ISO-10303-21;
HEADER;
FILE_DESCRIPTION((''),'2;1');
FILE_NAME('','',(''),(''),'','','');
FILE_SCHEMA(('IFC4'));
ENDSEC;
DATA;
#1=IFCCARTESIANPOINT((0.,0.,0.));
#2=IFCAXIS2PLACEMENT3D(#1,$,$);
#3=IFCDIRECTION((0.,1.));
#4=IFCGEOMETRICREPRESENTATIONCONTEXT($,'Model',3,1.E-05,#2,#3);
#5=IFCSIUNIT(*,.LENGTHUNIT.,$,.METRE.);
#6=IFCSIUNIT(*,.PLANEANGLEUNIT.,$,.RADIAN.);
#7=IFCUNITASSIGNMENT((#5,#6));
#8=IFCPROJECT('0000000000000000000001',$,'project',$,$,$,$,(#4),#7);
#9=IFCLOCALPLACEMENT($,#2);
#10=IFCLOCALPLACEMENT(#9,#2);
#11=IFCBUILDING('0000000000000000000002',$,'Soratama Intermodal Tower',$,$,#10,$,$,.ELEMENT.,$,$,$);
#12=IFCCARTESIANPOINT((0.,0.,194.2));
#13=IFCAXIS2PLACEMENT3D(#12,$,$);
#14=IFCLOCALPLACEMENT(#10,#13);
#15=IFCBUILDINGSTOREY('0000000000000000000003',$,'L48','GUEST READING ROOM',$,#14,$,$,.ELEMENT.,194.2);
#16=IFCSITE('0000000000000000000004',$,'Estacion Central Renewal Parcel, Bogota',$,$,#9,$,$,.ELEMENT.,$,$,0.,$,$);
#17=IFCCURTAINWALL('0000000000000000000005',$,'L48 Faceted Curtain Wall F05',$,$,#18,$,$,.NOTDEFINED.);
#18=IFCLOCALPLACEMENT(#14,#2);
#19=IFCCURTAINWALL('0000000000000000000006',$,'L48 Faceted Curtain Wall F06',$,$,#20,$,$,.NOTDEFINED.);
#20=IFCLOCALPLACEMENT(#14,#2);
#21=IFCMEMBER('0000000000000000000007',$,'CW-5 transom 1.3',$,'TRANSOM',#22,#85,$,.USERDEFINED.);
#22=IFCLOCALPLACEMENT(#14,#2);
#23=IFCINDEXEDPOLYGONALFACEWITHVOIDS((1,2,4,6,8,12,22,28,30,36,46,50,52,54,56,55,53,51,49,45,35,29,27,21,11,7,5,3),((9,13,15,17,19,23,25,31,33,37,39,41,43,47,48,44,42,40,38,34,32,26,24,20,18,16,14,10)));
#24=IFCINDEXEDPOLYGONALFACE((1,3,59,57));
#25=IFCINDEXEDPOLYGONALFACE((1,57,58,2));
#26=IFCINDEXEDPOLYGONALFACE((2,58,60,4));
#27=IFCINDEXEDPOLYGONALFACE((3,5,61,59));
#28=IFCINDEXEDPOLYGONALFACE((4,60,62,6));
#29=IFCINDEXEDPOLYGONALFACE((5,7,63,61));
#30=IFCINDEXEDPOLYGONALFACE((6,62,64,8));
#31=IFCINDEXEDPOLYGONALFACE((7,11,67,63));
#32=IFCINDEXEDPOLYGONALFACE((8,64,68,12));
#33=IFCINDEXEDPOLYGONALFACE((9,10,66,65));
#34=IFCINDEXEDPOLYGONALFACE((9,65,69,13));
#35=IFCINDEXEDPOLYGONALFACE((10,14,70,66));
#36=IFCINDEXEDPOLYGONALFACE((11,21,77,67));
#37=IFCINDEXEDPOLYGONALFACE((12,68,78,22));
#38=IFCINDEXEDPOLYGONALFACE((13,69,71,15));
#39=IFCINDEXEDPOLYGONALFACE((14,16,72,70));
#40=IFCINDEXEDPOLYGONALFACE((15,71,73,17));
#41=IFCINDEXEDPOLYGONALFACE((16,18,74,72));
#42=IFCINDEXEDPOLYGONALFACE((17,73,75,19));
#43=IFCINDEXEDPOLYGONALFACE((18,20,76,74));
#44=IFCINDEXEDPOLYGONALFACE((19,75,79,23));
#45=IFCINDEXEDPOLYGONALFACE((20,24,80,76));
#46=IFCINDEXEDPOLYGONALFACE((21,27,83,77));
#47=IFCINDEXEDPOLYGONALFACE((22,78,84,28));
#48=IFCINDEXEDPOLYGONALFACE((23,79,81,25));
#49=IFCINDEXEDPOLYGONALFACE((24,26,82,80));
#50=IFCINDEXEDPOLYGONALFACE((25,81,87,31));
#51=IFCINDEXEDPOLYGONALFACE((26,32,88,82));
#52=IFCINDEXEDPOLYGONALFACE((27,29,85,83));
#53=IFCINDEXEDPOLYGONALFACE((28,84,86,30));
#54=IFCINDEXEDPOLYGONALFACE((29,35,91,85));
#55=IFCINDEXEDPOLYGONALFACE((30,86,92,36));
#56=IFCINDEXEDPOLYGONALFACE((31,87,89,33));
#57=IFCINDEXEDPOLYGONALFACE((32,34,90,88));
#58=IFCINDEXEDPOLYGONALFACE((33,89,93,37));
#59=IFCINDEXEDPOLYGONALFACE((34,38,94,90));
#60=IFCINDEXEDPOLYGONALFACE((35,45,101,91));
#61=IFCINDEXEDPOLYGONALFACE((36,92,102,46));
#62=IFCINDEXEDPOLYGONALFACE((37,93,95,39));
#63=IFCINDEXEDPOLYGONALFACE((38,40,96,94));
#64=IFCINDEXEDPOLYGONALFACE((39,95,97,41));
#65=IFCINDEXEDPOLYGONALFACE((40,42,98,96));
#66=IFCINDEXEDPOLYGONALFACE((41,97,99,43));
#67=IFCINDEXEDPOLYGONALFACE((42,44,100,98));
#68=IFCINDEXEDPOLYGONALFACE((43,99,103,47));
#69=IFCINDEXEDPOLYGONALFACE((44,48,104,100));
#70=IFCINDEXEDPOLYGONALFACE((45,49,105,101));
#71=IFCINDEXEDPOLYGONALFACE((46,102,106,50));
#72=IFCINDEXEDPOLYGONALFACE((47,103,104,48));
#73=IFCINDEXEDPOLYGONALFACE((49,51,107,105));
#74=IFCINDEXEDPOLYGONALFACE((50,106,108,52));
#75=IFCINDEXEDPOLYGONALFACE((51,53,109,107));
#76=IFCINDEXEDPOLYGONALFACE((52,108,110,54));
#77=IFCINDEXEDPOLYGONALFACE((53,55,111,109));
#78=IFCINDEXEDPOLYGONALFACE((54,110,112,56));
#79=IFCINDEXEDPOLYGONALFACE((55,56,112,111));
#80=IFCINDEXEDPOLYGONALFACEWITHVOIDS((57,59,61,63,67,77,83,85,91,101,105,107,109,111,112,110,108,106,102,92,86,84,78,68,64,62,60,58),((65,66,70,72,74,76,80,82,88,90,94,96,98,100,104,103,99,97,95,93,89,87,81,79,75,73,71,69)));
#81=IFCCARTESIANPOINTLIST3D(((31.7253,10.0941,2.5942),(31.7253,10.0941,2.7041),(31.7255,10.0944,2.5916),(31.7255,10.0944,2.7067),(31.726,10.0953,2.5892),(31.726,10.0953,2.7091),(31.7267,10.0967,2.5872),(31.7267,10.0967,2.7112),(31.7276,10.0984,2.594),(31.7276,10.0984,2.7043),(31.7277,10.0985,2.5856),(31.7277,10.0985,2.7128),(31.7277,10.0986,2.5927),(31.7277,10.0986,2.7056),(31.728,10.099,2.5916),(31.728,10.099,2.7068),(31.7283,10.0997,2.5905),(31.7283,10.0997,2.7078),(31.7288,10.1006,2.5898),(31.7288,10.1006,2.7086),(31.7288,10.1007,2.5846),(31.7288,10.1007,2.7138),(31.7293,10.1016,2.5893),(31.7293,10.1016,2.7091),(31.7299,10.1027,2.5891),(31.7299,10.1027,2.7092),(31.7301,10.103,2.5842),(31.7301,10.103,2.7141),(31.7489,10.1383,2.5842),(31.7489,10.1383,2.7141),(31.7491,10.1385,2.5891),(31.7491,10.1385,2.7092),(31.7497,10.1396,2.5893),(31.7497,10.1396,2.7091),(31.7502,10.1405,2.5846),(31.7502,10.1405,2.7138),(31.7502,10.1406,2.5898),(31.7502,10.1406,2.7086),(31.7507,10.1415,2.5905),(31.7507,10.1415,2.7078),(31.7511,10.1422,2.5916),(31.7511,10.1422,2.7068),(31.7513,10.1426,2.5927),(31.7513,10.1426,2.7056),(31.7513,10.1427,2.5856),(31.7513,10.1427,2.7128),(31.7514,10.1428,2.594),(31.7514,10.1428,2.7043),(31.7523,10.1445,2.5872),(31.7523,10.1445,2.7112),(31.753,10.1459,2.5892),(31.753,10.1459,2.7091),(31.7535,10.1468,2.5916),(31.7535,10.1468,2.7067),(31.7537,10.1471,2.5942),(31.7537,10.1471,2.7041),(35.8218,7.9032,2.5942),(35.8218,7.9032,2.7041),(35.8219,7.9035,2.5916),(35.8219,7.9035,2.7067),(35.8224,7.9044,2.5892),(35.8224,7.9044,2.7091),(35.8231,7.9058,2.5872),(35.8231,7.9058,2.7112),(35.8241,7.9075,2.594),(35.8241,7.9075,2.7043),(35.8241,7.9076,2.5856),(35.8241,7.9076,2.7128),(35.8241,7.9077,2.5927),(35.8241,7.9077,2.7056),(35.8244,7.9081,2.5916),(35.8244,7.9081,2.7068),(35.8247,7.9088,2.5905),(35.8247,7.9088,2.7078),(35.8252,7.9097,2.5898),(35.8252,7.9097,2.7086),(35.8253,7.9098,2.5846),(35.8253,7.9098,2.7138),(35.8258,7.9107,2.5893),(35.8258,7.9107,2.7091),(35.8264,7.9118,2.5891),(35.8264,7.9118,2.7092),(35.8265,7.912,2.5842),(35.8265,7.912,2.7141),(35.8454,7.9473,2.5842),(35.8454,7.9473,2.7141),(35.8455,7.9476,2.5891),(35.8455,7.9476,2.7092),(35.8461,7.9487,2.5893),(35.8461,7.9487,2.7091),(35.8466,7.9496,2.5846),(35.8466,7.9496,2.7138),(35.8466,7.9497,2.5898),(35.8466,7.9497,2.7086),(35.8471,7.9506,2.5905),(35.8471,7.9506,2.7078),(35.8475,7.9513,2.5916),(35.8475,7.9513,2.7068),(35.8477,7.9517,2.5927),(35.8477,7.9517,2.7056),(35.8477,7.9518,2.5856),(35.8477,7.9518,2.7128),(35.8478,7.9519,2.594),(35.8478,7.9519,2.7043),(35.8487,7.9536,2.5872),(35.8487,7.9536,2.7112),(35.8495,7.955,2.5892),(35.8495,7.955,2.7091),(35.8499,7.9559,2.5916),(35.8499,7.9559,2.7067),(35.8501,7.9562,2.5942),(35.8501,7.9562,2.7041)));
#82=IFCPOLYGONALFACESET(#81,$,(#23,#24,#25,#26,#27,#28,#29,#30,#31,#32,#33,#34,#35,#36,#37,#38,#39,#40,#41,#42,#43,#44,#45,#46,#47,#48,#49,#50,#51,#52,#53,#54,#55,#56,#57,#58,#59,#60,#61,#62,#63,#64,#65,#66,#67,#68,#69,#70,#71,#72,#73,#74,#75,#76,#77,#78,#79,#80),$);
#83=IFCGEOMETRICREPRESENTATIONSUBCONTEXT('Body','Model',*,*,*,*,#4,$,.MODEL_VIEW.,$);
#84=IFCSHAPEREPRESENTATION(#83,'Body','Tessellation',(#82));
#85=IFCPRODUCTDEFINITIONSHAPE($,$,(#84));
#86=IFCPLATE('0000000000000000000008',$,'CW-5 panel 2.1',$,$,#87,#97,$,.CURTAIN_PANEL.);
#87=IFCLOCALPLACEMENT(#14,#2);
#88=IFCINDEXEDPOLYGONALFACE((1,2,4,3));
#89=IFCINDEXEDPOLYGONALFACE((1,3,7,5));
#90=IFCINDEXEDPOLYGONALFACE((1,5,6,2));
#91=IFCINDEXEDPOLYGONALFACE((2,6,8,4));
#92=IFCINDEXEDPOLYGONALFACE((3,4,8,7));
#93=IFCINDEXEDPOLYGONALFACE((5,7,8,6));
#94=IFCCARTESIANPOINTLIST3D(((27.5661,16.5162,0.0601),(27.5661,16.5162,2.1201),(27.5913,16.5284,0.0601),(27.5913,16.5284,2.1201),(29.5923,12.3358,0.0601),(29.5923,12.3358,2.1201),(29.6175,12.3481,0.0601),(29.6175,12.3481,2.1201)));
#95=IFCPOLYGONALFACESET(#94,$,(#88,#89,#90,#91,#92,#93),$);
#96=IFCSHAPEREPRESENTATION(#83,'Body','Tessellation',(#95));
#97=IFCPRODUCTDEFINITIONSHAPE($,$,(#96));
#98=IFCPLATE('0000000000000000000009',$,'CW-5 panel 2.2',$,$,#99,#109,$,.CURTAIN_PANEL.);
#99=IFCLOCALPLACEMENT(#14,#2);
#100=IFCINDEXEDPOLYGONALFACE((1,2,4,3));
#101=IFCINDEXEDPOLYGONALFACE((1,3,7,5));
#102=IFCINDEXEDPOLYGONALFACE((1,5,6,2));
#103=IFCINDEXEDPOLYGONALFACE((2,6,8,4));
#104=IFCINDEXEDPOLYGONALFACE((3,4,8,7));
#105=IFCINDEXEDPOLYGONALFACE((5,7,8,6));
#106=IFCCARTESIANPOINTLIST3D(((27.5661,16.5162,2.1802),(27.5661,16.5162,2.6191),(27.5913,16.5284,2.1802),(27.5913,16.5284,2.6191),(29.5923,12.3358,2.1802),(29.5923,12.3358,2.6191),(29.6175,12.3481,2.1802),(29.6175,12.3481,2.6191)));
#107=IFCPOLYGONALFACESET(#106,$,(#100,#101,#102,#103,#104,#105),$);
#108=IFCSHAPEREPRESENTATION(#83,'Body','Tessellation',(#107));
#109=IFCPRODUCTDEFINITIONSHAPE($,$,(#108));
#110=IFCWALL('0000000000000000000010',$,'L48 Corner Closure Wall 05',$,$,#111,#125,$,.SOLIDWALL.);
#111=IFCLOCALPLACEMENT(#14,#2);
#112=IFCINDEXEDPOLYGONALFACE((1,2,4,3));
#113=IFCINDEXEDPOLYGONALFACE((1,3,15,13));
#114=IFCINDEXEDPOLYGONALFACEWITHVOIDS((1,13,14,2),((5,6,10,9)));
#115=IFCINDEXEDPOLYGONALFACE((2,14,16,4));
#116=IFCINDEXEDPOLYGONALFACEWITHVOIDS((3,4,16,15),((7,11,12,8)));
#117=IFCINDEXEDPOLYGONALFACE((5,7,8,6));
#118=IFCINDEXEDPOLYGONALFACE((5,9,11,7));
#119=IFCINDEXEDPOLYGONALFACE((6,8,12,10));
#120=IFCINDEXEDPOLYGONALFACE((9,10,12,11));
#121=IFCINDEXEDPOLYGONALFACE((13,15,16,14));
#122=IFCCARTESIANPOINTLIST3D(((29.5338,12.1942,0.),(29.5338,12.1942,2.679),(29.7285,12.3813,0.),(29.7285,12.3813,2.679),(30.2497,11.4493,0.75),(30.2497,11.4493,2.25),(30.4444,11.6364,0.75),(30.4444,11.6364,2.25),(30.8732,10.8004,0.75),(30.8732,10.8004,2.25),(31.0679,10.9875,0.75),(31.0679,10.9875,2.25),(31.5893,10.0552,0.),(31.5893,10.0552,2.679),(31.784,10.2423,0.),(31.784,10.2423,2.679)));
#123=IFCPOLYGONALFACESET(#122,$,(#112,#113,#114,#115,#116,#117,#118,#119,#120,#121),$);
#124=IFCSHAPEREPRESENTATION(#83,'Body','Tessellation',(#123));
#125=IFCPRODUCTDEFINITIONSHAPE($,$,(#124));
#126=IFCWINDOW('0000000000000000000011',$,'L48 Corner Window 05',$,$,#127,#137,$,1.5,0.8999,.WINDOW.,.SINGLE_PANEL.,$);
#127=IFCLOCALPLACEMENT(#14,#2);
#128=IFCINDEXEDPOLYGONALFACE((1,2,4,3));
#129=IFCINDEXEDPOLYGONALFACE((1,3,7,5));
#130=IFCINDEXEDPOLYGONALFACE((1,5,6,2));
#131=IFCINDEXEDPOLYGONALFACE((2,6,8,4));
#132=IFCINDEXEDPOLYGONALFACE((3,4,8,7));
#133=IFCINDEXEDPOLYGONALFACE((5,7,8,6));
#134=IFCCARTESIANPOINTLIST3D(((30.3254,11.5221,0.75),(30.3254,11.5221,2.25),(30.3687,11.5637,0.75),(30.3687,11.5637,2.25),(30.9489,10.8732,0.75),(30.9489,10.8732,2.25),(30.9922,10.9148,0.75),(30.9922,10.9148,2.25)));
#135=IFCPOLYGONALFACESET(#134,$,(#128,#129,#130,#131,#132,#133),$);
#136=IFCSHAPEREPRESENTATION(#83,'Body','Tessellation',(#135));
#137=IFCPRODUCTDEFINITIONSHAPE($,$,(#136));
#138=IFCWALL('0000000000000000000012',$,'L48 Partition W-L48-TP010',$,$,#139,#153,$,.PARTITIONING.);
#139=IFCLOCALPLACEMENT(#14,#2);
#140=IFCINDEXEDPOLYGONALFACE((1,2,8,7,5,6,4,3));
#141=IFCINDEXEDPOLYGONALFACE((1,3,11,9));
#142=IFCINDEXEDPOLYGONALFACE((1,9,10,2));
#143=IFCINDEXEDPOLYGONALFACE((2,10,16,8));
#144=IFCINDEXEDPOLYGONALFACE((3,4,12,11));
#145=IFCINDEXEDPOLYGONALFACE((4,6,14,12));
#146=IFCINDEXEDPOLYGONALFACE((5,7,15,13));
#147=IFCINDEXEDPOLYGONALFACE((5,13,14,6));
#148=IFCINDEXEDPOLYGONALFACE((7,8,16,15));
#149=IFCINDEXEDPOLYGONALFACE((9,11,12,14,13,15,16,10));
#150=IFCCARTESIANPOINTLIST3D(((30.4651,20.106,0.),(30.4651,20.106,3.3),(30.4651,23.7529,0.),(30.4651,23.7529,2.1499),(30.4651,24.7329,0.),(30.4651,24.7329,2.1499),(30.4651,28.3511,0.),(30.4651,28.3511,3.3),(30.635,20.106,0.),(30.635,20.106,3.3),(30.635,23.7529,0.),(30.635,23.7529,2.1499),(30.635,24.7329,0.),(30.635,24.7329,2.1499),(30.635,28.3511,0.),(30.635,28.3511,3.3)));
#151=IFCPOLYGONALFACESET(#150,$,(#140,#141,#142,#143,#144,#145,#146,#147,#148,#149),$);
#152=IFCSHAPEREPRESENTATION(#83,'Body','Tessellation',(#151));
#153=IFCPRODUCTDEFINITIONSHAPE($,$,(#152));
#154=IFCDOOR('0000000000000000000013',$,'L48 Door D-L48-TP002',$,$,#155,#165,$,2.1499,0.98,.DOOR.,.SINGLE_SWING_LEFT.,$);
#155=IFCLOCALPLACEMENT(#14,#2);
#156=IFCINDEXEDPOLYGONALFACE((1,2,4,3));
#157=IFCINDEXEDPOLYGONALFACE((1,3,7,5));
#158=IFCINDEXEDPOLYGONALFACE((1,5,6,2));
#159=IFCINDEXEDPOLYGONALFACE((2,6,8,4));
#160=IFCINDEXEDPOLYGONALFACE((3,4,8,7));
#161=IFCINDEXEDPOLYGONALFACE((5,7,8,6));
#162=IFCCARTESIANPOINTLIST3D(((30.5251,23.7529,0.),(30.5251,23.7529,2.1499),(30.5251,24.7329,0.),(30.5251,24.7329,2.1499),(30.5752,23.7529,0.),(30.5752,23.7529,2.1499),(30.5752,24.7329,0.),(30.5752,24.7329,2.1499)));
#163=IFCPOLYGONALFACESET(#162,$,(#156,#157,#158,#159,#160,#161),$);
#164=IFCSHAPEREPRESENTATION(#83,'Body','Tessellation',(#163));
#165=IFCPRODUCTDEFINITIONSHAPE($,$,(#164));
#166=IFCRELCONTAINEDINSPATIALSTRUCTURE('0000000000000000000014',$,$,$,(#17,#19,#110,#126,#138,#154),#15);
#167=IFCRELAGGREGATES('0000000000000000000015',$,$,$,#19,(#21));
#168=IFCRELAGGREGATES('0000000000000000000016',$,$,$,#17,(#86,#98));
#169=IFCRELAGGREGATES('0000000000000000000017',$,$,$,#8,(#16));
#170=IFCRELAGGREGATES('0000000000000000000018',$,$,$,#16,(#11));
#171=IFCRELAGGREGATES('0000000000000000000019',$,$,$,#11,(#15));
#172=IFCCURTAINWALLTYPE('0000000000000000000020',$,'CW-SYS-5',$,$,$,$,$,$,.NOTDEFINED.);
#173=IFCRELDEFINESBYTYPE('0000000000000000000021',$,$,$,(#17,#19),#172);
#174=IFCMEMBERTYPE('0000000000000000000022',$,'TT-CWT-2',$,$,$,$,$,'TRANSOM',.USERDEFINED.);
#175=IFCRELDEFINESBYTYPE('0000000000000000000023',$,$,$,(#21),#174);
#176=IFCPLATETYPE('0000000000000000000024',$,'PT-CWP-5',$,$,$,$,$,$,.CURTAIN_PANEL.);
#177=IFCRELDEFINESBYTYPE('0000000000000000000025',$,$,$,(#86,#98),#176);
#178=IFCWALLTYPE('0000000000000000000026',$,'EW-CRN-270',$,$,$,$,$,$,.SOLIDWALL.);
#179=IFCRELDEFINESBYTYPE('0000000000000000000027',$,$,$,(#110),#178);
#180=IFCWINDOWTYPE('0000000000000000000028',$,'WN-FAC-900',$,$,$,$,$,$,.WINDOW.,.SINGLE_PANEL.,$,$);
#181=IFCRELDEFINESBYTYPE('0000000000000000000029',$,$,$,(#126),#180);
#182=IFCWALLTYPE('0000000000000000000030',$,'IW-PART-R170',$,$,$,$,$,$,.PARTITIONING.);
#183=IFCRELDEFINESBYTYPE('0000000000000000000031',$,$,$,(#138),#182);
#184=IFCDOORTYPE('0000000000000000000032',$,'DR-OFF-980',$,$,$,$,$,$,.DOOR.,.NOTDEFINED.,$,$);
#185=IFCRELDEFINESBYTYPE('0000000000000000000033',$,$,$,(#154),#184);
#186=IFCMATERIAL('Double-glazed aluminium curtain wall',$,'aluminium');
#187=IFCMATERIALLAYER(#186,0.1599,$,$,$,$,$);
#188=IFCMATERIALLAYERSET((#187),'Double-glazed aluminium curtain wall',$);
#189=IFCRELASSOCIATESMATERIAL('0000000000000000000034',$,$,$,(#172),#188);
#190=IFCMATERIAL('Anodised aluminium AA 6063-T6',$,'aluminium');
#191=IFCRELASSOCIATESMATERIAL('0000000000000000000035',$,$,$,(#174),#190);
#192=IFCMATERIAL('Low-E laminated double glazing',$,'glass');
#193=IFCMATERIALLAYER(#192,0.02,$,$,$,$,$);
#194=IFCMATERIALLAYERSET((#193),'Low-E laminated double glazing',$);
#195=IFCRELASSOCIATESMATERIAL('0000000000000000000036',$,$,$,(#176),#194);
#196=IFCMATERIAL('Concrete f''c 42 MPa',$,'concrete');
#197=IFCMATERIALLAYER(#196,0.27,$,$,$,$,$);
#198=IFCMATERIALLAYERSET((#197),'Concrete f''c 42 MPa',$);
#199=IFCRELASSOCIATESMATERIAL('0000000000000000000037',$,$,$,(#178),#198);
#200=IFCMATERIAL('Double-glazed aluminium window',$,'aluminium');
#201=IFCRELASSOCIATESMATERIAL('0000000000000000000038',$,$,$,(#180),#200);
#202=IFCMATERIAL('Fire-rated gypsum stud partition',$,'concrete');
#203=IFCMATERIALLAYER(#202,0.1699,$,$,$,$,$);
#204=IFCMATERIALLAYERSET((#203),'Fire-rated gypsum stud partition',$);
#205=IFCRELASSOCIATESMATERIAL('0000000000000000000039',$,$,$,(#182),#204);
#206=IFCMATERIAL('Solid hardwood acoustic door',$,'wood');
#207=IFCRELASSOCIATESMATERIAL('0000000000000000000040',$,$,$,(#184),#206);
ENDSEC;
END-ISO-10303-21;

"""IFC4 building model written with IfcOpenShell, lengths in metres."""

from ifc_helpers import new_model, si_unit, direction, frame, frame_2d, origin, origin_2d, place, context, subcontext, project, spatial, rectangle, hollow_rectangle, extrude, material, layer, layer_set, material_profile, profile_set, type_object, element, fill, aggregate, save


model = new_model("IFC4")

# Units and contexts
model_context = context("Model", 3, precision=1e-05, world=origin(), true_north=direction((0.0, 1.0)))
body_context = subcontext(model_context, "Body", "Model", "MODEL_VIEW")
ifc_project = project(units=[si_unit("LENGTHUNIT", "METRE"), si_unit("PLANEANGLEUNIT", "RADIAN")], contexts=[model_context])

# Site, building, storey
site_placement = place(None, origin())
site = spatial("IfcSite", under=ifc_project, at=site_placement, Name="Estacion Central Renewal Parcel, Bogota", CompositionType="ELEMENT", RefElevation=0.0)
building_placement = place(site_placement, origin())
building = spatial("IfcBuilding", under=site, at=building_placement, Name="Soratama Intermodal Tower", CompositionType="ELEMENT")
storey_placement = place(building_placement, frame((0.0, 0.0, 194.2)))
storey = spatial("IfcBuildingStorey", under=building, at=storey_placement, Name="L48", Description="GUEST READING ROOM", CompositionType="ELEMENT", Elevation=194.2)

# Curtain walls
ifc_material_1 = material(Name="Double-glazed aluminium curtain wall", Category="aluminium")
ifc_layer_1 = layer(ifc_material_1, 0.1599)
ifc_layer_set_1 = layer_set([ifc_layer_1], Name="Double-glazed aluminium curtain wall")
curtain_wall_type = type_object("IfcCurtainWallType", Name="CW-SYS-5", PredefinedType="NOTDEFINED", material=ifc_layer_set_1)
curtain_wall_1_placement = place(storey_placement, origin())
curtain_wall_1 = element("IfcCurtainWall", 1, at=curtain_wall_1_placement, inside=storey, type_object=curtain_wall_type, Name="L48 Faceted Curtain Wall F05", PredefinedType="NOTDEFINED")
curtain_wall_2_placement = place(storey_placement, origin())
curtain_wall_2 = element("IfcCurtainWall", 2, at=curtain_wall_2_placement, inside=storey, type_object=curtain_wall_type, Name="L48 Faceted Curtain Wall F06", PredefinedType="NOTDEFINED")

# Member
ifc_material_2 = material(Name="Anodised aluminium AA 6063-T6", Category="aluminium")
ifc_material_profile_1 = material_profile(ifc_material_2, hollow_rectangle(XDim=0.0601, YDim=0.1299, WallThickness=0.0049, InnerFilletRadius=0.0049, OuterFilletRadius=0.01, at=origin_2d()), Name="CWT130X60X5")
ifc_profile_set_1 = profile_set([ifc_material_profile_1], Name="Anodised aluminium AA 6063-T6")
member_type_1 = type_object("IfcMemberType", Name="TT-CWT-2", ElementType="TRANSOM", PredefinedType="USERDEFINED", material=ifc_profile_set_1)
member_1_placement = place(storey_placement, frame((31.7395, 10.1206, 2.6492), z_axis=(0.881802, -0.471619, 0.0), x_axis=(0.471619, 0.881802, 0.0)))
member_1 = element("IfcMember", 3, at=member_1_placement, type_object=member_type_1, Name="CW-5 transom 1.3", ObjectType="TRANSOM", PredefinedType="USERDEFINED", context=body_context, shape_type="SweptSolid", body=[
    extrude(hollow_rectangle(XDim=0.0601, YDim=0.1299, WallThickness=0.0049, InnerFilletRadius=0.0049, OuterFilletRadius=0.01, at=origin_2d()), origin(), (0.0, 0.0, 1.0), 4.6455),
])
aggregate(curtain_wall_2, [member_1])

# Plates
ifc_material_3 = material(Name="Low-E laminated double glazing", Category="glass")
ifc_layer_2 = layer(ifc_material_3, 0.02)
ifc_layer_set_2 = layer_set([ifc_layer_2], Name="Low-E laminated double glazing")
plate_type = type_object("IfcPlateType", Name="PT-CWP-5", PredefinedType="CURTAIN_PANEL", material=ifc_layer_set_2)
plate_1_placement = place(storey_placement, frame((28.5918, 14.4321, 0.0601), z_axis=(0.0, 0.0, 1.0), x_axis=(0.436165, -0.899867, 0.0)))
plate_1 = element("IfcPlate", 4, at=plate_1_placement, type_object=plate_type, Name="CW-5 panel 2.1", PredefinedType="CURTAIN_PANEL", context=body_context, shape_type="SweptSolid", body=[
    extrude(rectangle(XDim=4.6455, YDim=0.0281, at=origin_2d()), origin(), (0.0, 0.0, 1.0), 2.0601),
])
plate_2_placement = place(storey_placement, frame((28.5918, 14.4321, 2.1802), z_axis=(0.0, 0.0, 1.0), x_axis=(0.436165, -0.899867, 0.0)))
plate_2 = element("IfcPlate", 5, at=plate_2_placement, type_object=plate_type, Name="CW-5 panel 2.2", PredefinedType="CURTAIN_PANEL", context=body_context, shape_type="SweptSolid", body=[
    extrude(rectangle(XDim=4.6455, YDim=0.0281, at=origin_2d()), origin(), (0.0, 0.0, 1.0), 0.439),
])
aggregate(curtain_wall_1, [plate_1, plate_2])

# Wall, opening, window
ifc_material_4 = material(Name="Concrete f'c 42 MPa", Category="concrete")
ifc_layer_3 = layer(ifc_material_4, 0.27)
ifc_layer_set_3 = layer_set([ifc_layer_3], Name="Concrete f'c 42 MPa")
wall_type_1 = type_object("IfcWallType", Name="EW-CRN-270", PredefinedType="SOLIDWALL", material=ifc_layer_set_3)
wall_1_placement = place(storey_placement, frame((29.6311, 12.2878, 0.0), z_axis=(0.0, 0.0, 1.0), x_axis=(0.692893, -0.72104, 0.0)))
wall_1 = element("IfcWall", 6, at=wall_1_placement, inside=storey, type_object=wall_type_1, Name="L48 Corner Closure Wall 05", PredefinedType="SOLIDWALL", context=body_context, shape_type="SweptSolid", body=[
    extrude(rectangle(XDim=2.9666, YDim=0.27, at=frame_2d((1.4834, 0.0))), origin(), (0.0, 0.0, 1.0), 2.679),
])
opening_1_placement = place(wall_1_placement, frame((1.0332, 0.0, 0.75)))
opening_1 = element("IfcOpeningElement", 7, at=opening_1_placement, cuts=wall_1, PredefinedType="OPENING", context=body_context, shape_type="SweptSolid", body=[
    extrude(rectangle(XDim=0.8999, YDim=1.5, at=frame_2d((0.45, 0.75))), frame((0.0, 0.145, 0.0), z_axis=(0.0, -1.0, 0.0), x_axis=(1.0, 0.0, 0.0)), (0.0, 0.0, 1.0), 0.29),
])
ifc_material_5 = material(Name="Double-glazed aluminium window", Category="aluminium")
window_type = type_object("IfcWindowType", Name="WN-FAC-900", PartitioningType="SINGLE_PANEL", PredefinedType="WINDOW", material=ifc_material_5)
window_placement = place(opening_1_placement, origin())
window = element("IfcWindow", 8, at=window_placement, inside=storey, type_object=window_type, Name="L48 Corner Window 05", OverallHeight=1.5, OverallWidth=0.8999, PartitioningType="SINGLE_PANEL", PredefinedType="WINDOW", context=body_context, shape_type="SweptSolid", body=[
    extrude(rectangle(XDim=0.8999, YDim=1.5, at=frame_2d((0.45, 0.75))), frame((0.0, 0.03, 0.0), z_axis=(0.0, -1.0, 0.0), x_axis=(1.0, 0.0, 0.0)), (0.0, 0.0, 1.0), 0.0601),
])
fill(opening_1, window)

# Wall, opening, door
ifc_material_6 = material(Name="Fire-rated gypsum stud partition", Category="concrete")
ifc_layer_4 = layer(ifc_material_6, 0.1699)
ifc_layer_set_4 = layer_set([ifc_layer_4], Name="Fire-rated gypsum stud partition")
wall_type_2 = type_object("IfcWallType", Name="IW-PART-R170", PredefinedType="PARTITIONING", material=ifc_layer_set_4)
wall_2_placement = place(storey_placement, frame((30.55, 20.106, 0.0), z_axis=(0.0, 0.0, 1.0), x_axis=(0.0, 1.0, 0.0)))
wall_2 = element("IfcWall", 9, at=wall_2_placement, inside=storey, type_object=wall_type_2, Name="L48 Partition W-L48-TP010", PredefinedType="PARTITIONING", context=body_context, shape_type="SweptSolid", body=[
    extrude(rectangle(XDim=8.2451, YDim=0.1699, at=frame_2d((4.1226, 0.0))), origin(), (0.0, 0.0, 1.0), 3.3),
])
opening_2_placement = place(wall_2_placement, frame((3.647, 0.0, 0.0)))
opening_2 = element("IfcOpeningElement", 10, at=opening_2_placement, cuts=wall_2, PredefinedType="OPENING", context=body_context, shape_type="SweptSolid", body=[
    extrude(rectangle(XDim=0.98, YDim=2.1499, at=frame_2d((0.49, 1.075))), frame((0.0, 0.095, 0.0), z_axis=(0.0, -1.0, 0.0), x_axis=(1.0, 0.0, 0.0)), (0.0, 0.0, 1.0), 0.1899),
])
ifc_material_7 = material(Name="Solid hardwood acoustic door", Category="wood")
door_type = type_object("IfcDoorType", Name="DR-OFF-980", OperationType="NOTDEFINED", PredefinedType="DOOR", material=ifc_material_7)
door_1_placement = place(opening_2_placement, origin())
door_1 = element("IfcDoor", 11, at=door_1_placement, inside=storey, type_object=door_type, Name="L48 Door D-L48-TP002", OperationType="SINGLE_SWING_LEFT", OverallHeight=2.1499, OverallWidth=0.98, PredefinedType="DOOR", context=body_context, shape_type="SweptSolid", body=[
    extrude(rectangle(XDim=0.98, YDim=2.1499, at=frame_2d((0.49, 1.075))), frame((0.0, 0.0249, 0.0), z_axis=(0.0, -1.0, 0.0), x_axis=(1.0, 0.0, 0.0)), (0.0, 0.0, 1.0), 0.05),
])
fill(opening_2, door_1)

save(model, "model.ifc")
